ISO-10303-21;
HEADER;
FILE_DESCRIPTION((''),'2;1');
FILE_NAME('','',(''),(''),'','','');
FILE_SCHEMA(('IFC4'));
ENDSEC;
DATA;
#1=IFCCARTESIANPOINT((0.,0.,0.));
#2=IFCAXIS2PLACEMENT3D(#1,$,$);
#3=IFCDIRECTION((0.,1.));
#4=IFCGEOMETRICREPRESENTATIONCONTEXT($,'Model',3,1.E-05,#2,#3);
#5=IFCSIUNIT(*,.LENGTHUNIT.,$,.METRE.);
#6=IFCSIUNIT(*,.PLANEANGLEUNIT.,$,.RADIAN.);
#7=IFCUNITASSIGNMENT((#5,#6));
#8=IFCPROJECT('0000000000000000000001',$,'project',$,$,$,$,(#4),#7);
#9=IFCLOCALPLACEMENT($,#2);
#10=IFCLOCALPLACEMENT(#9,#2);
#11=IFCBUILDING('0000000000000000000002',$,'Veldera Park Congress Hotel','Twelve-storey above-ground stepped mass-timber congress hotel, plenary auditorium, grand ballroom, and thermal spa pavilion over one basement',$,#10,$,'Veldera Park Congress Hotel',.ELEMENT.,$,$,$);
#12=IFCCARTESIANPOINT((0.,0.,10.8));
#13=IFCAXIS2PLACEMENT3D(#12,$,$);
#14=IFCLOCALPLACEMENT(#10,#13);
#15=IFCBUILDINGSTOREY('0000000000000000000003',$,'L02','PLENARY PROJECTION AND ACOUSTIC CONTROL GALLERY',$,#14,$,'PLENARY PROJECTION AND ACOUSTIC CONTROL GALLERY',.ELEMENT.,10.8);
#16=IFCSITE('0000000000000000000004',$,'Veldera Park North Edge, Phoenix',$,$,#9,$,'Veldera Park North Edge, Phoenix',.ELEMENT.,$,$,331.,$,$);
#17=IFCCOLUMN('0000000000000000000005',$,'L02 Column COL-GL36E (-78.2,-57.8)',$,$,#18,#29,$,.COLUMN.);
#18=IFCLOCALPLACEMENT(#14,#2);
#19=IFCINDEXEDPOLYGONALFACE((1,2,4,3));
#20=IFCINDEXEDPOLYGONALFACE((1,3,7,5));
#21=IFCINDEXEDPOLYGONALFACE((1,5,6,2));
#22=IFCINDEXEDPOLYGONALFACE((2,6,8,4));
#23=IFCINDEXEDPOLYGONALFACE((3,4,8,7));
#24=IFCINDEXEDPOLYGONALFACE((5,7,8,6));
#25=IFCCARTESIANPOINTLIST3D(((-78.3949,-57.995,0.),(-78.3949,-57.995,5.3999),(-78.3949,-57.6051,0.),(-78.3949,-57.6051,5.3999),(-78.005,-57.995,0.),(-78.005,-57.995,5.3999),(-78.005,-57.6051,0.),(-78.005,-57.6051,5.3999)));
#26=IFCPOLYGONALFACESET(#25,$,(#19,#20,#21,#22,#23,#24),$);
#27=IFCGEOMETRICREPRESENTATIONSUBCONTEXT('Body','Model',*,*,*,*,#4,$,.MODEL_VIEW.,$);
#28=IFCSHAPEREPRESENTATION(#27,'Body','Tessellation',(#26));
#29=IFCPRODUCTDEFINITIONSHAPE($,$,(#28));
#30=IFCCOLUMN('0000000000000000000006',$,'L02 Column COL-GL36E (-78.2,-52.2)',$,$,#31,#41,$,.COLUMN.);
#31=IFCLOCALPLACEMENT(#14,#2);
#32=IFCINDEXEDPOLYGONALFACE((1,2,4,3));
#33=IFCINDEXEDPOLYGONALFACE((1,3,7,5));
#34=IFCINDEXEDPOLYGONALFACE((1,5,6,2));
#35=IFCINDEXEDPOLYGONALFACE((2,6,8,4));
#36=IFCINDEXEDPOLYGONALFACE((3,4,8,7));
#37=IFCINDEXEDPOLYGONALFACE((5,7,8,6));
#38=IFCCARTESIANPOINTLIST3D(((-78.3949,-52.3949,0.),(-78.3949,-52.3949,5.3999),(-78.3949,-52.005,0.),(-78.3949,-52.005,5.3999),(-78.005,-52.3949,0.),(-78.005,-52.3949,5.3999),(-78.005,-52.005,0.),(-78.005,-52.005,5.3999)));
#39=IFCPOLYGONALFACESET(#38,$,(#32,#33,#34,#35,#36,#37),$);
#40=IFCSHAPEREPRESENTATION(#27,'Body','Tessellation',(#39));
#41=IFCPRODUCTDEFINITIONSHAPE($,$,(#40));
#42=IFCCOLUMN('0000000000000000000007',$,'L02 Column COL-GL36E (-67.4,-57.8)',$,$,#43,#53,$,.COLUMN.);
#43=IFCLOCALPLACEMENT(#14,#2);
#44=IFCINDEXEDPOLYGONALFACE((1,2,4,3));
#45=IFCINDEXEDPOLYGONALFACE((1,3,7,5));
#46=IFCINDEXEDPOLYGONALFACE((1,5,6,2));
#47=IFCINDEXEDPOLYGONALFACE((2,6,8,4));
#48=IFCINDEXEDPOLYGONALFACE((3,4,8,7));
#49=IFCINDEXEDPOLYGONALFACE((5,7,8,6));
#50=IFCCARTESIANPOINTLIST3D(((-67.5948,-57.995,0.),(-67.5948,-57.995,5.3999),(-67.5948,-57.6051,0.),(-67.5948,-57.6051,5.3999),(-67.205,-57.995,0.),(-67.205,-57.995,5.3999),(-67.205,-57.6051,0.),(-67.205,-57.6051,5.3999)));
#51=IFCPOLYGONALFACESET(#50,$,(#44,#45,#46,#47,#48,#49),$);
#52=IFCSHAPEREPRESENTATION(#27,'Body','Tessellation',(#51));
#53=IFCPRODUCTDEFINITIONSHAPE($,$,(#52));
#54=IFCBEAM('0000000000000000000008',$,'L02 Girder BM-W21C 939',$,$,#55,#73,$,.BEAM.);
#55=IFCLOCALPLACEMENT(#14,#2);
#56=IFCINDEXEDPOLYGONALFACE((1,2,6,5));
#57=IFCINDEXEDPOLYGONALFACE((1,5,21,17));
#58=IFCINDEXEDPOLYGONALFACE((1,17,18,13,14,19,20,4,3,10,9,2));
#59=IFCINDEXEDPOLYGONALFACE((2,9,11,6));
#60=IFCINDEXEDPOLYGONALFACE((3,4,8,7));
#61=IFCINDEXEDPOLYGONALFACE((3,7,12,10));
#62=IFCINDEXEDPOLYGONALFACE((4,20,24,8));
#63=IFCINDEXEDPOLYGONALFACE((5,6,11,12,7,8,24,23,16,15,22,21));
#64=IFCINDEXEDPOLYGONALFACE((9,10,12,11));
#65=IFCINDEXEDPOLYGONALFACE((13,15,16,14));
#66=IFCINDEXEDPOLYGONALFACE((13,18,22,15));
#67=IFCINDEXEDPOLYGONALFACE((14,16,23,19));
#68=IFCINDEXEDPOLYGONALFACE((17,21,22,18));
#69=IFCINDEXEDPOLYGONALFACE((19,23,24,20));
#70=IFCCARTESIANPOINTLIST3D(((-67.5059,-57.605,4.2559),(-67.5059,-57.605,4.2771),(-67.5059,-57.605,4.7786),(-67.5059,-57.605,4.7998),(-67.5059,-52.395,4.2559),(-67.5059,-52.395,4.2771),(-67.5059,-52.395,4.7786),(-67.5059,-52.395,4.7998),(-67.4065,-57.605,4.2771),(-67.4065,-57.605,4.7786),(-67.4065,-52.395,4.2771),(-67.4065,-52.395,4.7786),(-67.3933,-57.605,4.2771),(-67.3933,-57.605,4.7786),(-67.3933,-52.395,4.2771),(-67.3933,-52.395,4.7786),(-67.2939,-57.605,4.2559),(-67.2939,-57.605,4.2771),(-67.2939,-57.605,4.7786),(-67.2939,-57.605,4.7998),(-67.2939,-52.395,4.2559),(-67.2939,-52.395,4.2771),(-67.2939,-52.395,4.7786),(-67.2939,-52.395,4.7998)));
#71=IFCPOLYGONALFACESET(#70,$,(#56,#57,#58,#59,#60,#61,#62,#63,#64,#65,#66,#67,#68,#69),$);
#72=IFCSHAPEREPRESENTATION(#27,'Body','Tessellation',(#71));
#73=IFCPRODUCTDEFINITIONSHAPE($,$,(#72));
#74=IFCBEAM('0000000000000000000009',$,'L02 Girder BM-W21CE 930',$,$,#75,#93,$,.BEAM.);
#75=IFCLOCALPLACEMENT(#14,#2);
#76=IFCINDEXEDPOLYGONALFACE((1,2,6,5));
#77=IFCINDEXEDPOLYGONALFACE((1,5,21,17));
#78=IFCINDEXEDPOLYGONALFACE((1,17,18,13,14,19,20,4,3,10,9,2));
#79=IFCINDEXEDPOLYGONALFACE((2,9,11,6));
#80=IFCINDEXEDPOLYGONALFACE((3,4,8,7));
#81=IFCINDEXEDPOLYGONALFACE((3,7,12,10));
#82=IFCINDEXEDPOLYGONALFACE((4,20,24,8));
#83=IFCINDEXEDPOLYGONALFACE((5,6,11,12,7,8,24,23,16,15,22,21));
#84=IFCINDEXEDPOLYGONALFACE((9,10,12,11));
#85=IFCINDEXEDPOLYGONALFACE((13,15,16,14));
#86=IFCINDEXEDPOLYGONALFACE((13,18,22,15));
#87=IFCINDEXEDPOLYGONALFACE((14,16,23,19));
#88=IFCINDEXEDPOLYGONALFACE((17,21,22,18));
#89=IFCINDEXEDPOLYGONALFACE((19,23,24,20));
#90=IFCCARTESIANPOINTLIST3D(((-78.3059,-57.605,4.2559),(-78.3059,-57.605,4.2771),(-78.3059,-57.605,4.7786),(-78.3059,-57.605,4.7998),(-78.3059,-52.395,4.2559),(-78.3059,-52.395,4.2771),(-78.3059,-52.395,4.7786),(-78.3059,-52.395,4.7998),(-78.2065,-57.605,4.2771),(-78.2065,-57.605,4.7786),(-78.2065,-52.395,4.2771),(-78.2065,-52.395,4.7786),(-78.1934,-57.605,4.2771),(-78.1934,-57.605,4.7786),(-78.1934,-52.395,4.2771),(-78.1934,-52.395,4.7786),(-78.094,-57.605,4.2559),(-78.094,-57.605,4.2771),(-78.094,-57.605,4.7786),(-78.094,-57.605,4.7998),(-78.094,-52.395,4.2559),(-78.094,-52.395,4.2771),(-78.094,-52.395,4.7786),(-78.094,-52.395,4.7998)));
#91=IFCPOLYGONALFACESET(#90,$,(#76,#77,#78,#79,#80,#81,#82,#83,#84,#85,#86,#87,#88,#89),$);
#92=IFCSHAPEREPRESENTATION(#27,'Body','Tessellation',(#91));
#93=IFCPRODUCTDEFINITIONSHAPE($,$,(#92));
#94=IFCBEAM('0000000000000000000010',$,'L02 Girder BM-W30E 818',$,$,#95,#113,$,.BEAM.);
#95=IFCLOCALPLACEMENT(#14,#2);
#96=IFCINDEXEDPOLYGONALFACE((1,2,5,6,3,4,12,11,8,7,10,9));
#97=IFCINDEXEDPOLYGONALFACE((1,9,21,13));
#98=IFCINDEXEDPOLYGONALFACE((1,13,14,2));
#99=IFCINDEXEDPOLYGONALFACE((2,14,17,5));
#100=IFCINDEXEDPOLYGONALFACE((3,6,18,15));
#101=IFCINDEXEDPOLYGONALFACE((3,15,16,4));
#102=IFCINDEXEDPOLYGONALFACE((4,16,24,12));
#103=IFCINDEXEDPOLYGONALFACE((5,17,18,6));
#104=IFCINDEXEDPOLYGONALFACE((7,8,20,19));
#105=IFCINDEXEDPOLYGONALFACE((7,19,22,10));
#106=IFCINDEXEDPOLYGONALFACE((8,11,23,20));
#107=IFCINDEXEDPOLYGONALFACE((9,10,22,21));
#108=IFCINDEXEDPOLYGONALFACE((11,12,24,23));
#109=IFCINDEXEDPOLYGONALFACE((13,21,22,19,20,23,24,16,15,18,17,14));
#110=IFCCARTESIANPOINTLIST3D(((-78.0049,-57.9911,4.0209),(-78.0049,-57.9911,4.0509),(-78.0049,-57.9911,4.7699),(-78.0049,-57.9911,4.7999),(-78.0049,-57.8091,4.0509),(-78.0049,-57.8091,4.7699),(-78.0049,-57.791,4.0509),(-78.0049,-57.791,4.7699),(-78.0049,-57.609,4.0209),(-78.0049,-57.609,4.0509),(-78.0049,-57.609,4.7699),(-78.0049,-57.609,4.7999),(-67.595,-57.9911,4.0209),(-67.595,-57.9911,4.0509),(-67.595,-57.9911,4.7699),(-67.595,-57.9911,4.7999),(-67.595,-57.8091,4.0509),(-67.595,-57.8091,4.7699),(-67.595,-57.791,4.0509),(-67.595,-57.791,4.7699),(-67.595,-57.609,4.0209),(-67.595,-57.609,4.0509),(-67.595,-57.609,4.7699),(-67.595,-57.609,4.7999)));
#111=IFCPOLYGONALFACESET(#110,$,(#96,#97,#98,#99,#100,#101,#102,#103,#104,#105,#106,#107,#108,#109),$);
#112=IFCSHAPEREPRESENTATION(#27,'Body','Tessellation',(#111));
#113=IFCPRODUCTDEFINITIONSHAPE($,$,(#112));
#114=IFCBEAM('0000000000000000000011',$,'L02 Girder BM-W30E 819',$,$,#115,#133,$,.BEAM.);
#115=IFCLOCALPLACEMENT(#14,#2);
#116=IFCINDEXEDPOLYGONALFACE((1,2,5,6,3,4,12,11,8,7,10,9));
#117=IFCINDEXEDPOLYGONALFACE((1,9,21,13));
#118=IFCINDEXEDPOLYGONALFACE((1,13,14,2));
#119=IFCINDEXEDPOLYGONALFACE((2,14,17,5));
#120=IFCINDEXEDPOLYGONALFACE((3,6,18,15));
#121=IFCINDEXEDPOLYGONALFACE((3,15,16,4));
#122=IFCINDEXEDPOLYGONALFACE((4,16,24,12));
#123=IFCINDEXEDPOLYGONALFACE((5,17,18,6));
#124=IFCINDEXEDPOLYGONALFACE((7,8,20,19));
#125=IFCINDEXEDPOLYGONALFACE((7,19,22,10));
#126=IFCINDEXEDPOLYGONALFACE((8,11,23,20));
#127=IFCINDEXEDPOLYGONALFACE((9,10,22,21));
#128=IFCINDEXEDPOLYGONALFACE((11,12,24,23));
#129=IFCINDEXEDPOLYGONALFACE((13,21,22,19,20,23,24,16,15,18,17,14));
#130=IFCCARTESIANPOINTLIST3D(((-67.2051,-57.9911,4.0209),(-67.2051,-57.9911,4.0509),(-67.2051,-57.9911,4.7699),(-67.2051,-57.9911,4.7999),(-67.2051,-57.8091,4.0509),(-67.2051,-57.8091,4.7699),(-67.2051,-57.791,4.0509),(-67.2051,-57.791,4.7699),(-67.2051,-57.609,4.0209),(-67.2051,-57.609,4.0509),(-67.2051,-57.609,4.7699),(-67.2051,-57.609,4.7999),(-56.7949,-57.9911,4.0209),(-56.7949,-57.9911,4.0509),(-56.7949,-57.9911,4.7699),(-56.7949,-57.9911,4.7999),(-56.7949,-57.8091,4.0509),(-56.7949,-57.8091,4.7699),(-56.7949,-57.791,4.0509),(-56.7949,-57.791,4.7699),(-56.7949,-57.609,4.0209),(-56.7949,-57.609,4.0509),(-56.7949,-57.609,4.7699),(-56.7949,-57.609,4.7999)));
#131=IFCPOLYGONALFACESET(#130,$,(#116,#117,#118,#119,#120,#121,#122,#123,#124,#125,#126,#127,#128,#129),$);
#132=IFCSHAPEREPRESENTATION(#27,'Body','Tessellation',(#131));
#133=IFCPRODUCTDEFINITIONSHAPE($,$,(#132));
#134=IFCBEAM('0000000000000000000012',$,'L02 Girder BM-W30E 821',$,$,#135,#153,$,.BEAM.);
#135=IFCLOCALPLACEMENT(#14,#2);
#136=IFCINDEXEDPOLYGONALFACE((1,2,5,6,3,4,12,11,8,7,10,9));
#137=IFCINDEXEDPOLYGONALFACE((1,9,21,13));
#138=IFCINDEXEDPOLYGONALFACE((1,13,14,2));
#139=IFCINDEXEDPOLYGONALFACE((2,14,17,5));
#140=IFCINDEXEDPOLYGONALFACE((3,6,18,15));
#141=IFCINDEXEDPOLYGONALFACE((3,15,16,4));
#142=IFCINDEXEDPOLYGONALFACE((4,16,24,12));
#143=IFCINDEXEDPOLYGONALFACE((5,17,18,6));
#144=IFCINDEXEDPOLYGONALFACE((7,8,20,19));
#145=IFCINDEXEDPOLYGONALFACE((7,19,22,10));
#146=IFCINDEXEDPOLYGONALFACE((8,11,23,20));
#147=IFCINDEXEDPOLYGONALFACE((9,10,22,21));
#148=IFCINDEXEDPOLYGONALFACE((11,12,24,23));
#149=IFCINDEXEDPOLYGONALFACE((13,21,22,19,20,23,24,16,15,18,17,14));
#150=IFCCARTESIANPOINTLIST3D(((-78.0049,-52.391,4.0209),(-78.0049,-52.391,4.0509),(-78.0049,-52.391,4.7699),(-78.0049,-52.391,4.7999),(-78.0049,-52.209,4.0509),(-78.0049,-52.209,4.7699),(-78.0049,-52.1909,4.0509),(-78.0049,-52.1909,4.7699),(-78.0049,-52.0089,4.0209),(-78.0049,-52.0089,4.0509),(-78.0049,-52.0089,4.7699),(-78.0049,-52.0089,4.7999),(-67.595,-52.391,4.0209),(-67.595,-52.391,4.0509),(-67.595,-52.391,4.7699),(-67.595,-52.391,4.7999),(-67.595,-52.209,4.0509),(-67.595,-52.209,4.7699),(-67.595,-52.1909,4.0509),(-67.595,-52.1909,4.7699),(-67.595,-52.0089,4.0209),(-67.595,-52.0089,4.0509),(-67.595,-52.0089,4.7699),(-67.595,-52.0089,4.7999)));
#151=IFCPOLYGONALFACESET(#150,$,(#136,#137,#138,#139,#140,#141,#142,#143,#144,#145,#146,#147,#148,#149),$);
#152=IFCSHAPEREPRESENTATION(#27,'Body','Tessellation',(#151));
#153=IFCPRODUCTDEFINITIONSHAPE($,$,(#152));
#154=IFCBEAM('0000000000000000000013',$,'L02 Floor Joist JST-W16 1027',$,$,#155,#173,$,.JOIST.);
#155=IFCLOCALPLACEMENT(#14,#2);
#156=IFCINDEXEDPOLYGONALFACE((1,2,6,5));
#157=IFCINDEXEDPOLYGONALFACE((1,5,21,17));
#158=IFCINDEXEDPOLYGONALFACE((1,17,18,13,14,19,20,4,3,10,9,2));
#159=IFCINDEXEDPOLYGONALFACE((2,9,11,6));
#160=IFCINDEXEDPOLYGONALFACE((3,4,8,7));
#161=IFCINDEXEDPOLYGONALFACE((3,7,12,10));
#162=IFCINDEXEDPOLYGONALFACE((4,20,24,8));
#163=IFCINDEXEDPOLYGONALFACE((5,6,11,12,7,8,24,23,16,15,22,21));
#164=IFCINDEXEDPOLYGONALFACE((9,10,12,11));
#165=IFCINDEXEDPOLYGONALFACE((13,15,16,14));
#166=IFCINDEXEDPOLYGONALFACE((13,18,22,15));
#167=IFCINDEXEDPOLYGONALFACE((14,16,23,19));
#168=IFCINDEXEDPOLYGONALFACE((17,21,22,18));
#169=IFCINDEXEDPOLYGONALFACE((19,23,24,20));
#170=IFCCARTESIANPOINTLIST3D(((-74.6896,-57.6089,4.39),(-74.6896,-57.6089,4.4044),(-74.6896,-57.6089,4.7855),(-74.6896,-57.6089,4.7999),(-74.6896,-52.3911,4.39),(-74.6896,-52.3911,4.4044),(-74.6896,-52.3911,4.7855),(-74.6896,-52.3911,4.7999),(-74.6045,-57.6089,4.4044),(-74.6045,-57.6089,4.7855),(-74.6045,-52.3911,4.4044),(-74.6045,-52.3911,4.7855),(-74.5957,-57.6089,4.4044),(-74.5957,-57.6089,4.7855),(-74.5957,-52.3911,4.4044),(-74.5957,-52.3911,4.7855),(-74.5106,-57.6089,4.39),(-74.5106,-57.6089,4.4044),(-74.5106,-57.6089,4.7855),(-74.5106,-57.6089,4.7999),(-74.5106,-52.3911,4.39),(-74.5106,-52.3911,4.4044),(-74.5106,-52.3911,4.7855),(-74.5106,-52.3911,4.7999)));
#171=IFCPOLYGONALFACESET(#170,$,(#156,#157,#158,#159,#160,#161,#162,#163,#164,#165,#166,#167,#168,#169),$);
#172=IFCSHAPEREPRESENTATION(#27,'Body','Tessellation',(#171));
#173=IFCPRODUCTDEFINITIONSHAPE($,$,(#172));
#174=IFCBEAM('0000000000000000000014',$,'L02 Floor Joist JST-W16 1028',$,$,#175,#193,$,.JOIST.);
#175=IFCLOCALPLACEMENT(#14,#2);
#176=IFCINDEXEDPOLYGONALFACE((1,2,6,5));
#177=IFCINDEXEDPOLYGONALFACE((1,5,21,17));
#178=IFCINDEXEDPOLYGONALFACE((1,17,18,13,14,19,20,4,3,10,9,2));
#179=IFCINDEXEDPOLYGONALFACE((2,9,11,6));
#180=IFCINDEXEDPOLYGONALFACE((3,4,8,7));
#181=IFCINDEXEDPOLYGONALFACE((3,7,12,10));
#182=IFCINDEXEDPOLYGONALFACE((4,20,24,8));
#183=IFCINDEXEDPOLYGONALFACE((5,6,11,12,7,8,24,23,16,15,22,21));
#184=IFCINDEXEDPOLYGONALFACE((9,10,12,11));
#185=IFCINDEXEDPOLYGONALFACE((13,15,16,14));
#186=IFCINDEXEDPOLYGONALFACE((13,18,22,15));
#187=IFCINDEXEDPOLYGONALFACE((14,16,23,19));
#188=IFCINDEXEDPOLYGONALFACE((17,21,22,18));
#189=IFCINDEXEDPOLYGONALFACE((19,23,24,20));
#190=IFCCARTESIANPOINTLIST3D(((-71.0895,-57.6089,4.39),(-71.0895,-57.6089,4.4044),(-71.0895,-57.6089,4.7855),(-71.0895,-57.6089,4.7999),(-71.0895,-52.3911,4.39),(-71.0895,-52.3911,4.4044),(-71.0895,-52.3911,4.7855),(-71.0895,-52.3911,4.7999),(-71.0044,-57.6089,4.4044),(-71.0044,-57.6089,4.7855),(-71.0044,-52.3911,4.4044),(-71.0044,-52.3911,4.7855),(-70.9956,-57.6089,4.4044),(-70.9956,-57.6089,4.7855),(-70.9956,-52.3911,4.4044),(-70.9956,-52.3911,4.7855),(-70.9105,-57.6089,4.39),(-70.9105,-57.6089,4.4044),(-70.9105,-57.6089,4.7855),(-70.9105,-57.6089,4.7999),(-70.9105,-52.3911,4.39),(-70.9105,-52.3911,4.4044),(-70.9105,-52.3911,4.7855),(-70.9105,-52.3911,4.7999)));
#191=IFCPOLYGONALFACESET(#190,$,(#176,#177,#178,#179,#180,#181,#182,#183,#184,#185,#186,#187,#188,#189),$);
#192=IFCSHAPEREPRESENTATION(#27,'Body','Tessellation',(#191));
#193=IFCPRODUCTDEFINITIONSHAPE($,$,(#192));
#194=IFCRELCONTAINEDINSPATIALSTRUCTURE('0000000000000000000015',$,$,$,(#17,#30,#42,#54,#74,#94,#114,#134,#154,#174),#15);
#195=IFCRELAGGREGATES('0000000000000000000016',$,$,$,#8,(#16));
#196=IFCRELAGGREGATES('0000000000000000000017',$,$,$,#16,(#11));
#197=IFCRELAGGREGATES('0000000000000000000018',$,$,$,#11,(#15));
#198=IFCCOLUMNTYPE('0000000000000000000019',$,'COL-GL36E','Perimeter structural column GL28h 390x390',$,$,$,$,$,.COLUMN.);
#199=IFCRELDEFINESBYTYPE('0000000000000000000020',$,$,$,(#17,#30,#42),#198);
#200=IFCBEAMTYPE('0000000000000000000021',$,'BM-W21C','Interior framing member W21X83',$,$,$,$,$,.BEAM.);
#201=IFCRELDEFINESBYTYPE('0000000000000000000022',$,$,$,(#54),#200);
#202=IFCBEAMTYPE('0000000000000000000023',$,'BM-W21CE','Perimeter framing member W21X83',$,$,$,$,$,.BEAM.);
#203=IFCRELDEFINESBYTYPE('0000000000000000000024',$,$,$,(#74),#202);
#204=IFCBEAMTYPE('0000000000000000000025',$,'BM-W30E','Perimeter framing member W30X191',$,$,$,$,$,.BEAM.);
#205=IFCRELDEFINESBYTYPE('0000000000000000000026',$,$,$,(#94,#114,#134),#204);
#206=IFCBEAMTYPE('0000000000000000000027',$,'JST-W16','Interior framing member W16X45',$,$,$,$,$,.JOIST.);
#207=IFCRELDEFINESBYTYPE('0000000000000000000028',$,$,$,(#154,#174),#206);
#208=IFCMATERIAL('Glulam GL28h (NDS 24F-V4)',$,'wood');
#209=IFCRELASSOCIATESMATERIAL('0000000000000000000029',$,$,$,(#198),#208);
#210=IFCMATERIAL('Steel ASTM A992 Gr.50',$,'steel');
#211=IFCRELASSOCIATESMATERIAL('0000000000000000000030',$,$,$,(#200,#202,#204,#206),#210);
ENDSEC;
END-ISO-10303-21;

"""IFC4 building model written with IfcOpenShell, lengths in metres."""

from ifc_helpers import new_model, si_unit, direction, frame, origin, origin_2d, place, context, subcontext, project, spatial, rectangle, i_section, extrude, material, material_profile, profile_set, type_object, element, save


model = new_model("IFC4")

# Units and contexts
model_context = context("Model", 3, precision=1e-05, world=origin(), true_north=direction((0.0, 1.0)))
body_context = subcontext(model_context, "Body", "Model", "MODEL_VIEW")
ifc_project = project(units=[si_unit("LENGTHUNIT", "METRE"), si_unit("PLANEANGLEUNIT", "RADIAN")], contexts=[model_context])

# Site, building, storey
site_placement = place(None, origin())
site = spatial("IfcSite", under=ifc_project, at=site_placement, Name="Veldera Park North Edge, Phoenix", LongName="Veldera Park North Edge, Phoenix", CompositionType="ELEMENT", RefElevation=331.0)
building_placement = place(site_placement, origin())
building = spatial("IfcBuilding", under=site, at=building_placement, Name="Veldera Park Congress Hotel", Description="Twelve-storey above-ground stepped mass-timber congress hotel, plenary auditorium, grand ballroom, and thermal spa pavilion over one basement", LongName="Veldera Park Congress Hotel", CompositionType="ELEMENT")
storey_placement = place(building_placement, frame((0.0, 0.0, 10.8)))
storey = spatial("IfcBuildingStorey", under=building, at=storey_placement, Name="L02", Description="PLENARY PROJECTION AND ACOUSTIC CONTROL GALLERY", LongName="PLENARY PROJECTION AND ACOUSTIC CONTROL GALLERY", CompositionType="ELEMENT", Elevation=10.8)

# Columns
ifc_material_1 = material(Name="Glulam GL28h (NDS 24F-V4)", Category="wood")
ifc_material_profile_1 = material_profile(ifc_material_1, rectangle(XDim=0.3899, YDim=0.3899, at=origin_2d()), Name="GL28h 390x390")
ifc_profile_set_1 = profile_set([ifc_material_profile_1], Name="Glulam GL28h (NDS 24F-V4)")
column_type = type_object("IfcColumnType", Name="COL-GL36E", Description="Perimeter structural column GL28h 390x390", PredefinedType="COLUMN", material=ifc_profile_set_1)
for number, where, z_axis, x_axis, name in (
    (1, (-78.2, -57.8, 0.0), (0.0, 0.0, 1.0), (1.0, 0.0, 0.0), "L02 Column COL-GL36E (-78.2,-57.8)"),
    (2, (-78.2, -52.2, 0.0), (0.0, 0.0, 1.0), (1.0, 0.0, 0.0), "L02 Column COL-GL36E (-78.2,-52.2)"),
    (3, (-67.3999, -57.8, 0.0), (0.0, 0.0, 1.0), (1.0, 0.0, 0.0), "L02 Column COL-GL36E (-67.4,-57.8)"),
):
    element("IfcColumn", number, at=place(storey_placement, frame(where, z_axis=z_axis, x_axis=x_axis)), inside=storey, type_object=column_type, Name=name, PredefinedType="COLUMN", context=body_context, shape_type="SweptSolid", body=[
        extrude(rectangle(XDim=0.3899, YDim=0.3899, at=origin_2d()), origin(), (0.0, 0.0, 1.0), 5.3999),
    ])

# Beams
ifc_material_2 = material(Name="Steel ASTM A992 Gr.50", Category="steel")
ifc_material_profile_2 = material_profile(ifc_material_2, i_section(OverallWidth=0.2119, OverallDepth=0.5439, WebThickness=0.0132, FlangeThickness=0.0212, at=origin_2d()), Name="W21X83")
ifc_profile_set_2 = profile_set([ifc_material_profile_2], Name="Steel ASTM A992 Gr.50")
beam_type_1 = type_object("IfcBeamType", Name="BM-W21C", Description="Interior framing member W21X83", PredefinedType="BEAM", material=ifc_profile_set_2)
beam_1_placement = place(storey_placement, frame((-67.3999, -57.605, 4.5278), z_axis=(0.0, 1.0, 0.0), x_axis=(-1.0, 0.0, 0.0)))
element("IfcBeam", 4, at=beam_1_placement, inside=storey, type_object=beam_type_1, Name="L02 Girder BM-W21C 939", PredefinedType="BEAM", context=body_context, shape_type="SweptSolid", body=[
    extrude(i_section(OverallWidth=0.2119, OverallDepth=0.5439, WebThickness=0.0132, FlangeThickness=0.0212, at=origin_2d()), origin(), (0.0, 0.0, 1.0), 5.21),
])
ifc_material_profile_3 = material_profile(ifc_material_2, i_section(OverallWidth=0.2119, OverallDepth=0.5439, WebThickness=0.0132, FlangeThickness=0.0212, at=origin_2d()), Name="W21X83")
ifc_profile_set_3 = profile_set([ifc_material_profile_3], Name="Steel ASTM A992 Gr.50")
beam_type_2 = type_object("IfcBeamType", Name="BM-W21CE", Description="Perimeter framing member W21X83", PredefinedType="BEAM", material=ifc_profile_set_3)
beam_2_placement = place(storey_placement, frame((-78.2, -57.605, 4.5278), z_axis=(0.0, 1.0, 0.0), x_axis=(-1.0, 0.0, 0.0)))
element("IfcBeam", 5, at=beam_2_placement, inside=storey, type_object=beam_type_2, Name="L02 Girder BM-W21CE 930", PredefinedType="BEAM", context=body_context, shape_type="SweptSolid", body=[
    extrude(i_section(OverallWidth=0.2119, OverallDepth=0.5439, WebThickness=0.0132, FlangeThickness=0.0212, at=origin_2d()), origin(), (0.0, 0.0, 1.0), 5.21),
])
ifc_material_profile_4 = material_profile(ifc_material_2, i_section(OverallWidth=0.3821, OverallDepth=0.7791, WebThickness=0.0181, FlangeThickness=0.03, at=origin_2d()), Name="W30X191")
ifc_profile_set_4 = profile_set([ifc_material_profile_4], Name="Steel ASTM A992 Gr.50")
beam_type_3 = type_object("IfcBeamType", Name="BM-W30E", Description="Perimeter framing member W30X191", PredefinedType="BEAM", material=ifc_profile_set_4)
beam_3_placement = place(storey_placement, frame((-78.0049, -57.8, 4.4104), z_axis=(1.0, 0.0, 0.0), x_axis=(0.0, 1.0, 0.0)))
element("IfcBeam", 6, at=beam_3_placement, inside=storey, type_object=beam_type_3, Name="L02 Girder BM-W30E 818", PredefinedType="BEAM", context=body_context, shape_type="SweptSolid", body=[
    extrude(i_section(OverallWidth=0.3821, OverallDepth=0.7791, WebThickness=0.0181, FlangeThickness=0.03, at=origin_2d()), origin(), (0.0, 0.0, 1.0), 10.4099),
])
beam_4_placement = place(storey_placement, frame((-67.2051, -57.8, 4.4104), z_axis=(1.0, 0.0, 0.0), x_axis=(0.0, 1.0, 0.0)))
element("IfcBeam", 7, at=beam_4_placement, inside=storey, type_object=beam_type_3, Name="L02 Girder BM-W30E 819", PredefinedType="BEAM", context=body_context, shape_type="SweptSolid", body=[
    extrude(i_section(OverallWidth=0.3821, OverallDepth=0.7791, WebThickness=0.0181, FlangeThickness=0.03, at=origin_2d()), origin(), (0.0, 0.0, 1.0), 10.4102),
])
beam_5_placement = place(storey_placement, frame((-78.0049, -52.2, 4.4104), z_axis=(1.0, 0.0, 0.0), x_axis=(0.0, 1.0, 0.0)))
element("IfcBeam", 8, at=beam_5_placement, inside=storey, type_object=beam_type_3, Name="L02 Girder BM-W30E 821", PredefinedType="BEAM", context=body_context, shape_type="SweptSolid", body=[
    extrude(i_section(OverallWidth=0.3821, OverallDepth=0.7791, WebThickness=0.0181, FlangeThickness=0.03, at=origin_2d()), origin(), (0.0, 0.0, 1.0), 10.4099),
])
ifc_material_profile_5 = material_profile(ifc_material_2, i_section(OverallWidth=0.179, OverallDepth=0.4099, WebThickness=0.0088, FlangeThickness=0.0144, at=origin_2d()), Name="W16X45")
ifc_profile_set_5 = profile_set([ifc_material_profile_5], Name="Steel ASTM A992 Gr.50")
beam_type_4 = type_object("IfcBeamType", Name="JST-W16", Description="Interior framing member W16X45", PredefinedType="JOIST", material=ifc_profile_set_5)
for number, where, z_axis, x_axis, name in (
    (9, (-74.6001, -57.6089, 4.595), (0.0, 1.0, 0.0), (-1.0, 0.0, 0.0), "L02 Floor Joist JST-W16 1027"),
    (10, (-71.0, -57.6089, 4.595), (0.0, 1.0, 0.0), (-1.0, 0.0, 0.0), "L02 Floor Joist JST-W16 1028"),
):
    element("IfcBeam", number, at=place(storey_placement, frame(where, z_axis=z_axis, x_axis=x_axis)), inside=storey, type_object=beam_type_4, Name=name, PredefinedType="JOIST", context=body_context, shape_type="SweptSolid", body=[
        extrude(i_section(OverallWidth=0.179, OverallDepth=0.4099, WebThickness=0.0088, FlangeThickness=0.0144, at=origin_2d()), origin(), (0.0, 0.0, 1.0), 5.2178),
    ])

save(model, "model.ifc")
